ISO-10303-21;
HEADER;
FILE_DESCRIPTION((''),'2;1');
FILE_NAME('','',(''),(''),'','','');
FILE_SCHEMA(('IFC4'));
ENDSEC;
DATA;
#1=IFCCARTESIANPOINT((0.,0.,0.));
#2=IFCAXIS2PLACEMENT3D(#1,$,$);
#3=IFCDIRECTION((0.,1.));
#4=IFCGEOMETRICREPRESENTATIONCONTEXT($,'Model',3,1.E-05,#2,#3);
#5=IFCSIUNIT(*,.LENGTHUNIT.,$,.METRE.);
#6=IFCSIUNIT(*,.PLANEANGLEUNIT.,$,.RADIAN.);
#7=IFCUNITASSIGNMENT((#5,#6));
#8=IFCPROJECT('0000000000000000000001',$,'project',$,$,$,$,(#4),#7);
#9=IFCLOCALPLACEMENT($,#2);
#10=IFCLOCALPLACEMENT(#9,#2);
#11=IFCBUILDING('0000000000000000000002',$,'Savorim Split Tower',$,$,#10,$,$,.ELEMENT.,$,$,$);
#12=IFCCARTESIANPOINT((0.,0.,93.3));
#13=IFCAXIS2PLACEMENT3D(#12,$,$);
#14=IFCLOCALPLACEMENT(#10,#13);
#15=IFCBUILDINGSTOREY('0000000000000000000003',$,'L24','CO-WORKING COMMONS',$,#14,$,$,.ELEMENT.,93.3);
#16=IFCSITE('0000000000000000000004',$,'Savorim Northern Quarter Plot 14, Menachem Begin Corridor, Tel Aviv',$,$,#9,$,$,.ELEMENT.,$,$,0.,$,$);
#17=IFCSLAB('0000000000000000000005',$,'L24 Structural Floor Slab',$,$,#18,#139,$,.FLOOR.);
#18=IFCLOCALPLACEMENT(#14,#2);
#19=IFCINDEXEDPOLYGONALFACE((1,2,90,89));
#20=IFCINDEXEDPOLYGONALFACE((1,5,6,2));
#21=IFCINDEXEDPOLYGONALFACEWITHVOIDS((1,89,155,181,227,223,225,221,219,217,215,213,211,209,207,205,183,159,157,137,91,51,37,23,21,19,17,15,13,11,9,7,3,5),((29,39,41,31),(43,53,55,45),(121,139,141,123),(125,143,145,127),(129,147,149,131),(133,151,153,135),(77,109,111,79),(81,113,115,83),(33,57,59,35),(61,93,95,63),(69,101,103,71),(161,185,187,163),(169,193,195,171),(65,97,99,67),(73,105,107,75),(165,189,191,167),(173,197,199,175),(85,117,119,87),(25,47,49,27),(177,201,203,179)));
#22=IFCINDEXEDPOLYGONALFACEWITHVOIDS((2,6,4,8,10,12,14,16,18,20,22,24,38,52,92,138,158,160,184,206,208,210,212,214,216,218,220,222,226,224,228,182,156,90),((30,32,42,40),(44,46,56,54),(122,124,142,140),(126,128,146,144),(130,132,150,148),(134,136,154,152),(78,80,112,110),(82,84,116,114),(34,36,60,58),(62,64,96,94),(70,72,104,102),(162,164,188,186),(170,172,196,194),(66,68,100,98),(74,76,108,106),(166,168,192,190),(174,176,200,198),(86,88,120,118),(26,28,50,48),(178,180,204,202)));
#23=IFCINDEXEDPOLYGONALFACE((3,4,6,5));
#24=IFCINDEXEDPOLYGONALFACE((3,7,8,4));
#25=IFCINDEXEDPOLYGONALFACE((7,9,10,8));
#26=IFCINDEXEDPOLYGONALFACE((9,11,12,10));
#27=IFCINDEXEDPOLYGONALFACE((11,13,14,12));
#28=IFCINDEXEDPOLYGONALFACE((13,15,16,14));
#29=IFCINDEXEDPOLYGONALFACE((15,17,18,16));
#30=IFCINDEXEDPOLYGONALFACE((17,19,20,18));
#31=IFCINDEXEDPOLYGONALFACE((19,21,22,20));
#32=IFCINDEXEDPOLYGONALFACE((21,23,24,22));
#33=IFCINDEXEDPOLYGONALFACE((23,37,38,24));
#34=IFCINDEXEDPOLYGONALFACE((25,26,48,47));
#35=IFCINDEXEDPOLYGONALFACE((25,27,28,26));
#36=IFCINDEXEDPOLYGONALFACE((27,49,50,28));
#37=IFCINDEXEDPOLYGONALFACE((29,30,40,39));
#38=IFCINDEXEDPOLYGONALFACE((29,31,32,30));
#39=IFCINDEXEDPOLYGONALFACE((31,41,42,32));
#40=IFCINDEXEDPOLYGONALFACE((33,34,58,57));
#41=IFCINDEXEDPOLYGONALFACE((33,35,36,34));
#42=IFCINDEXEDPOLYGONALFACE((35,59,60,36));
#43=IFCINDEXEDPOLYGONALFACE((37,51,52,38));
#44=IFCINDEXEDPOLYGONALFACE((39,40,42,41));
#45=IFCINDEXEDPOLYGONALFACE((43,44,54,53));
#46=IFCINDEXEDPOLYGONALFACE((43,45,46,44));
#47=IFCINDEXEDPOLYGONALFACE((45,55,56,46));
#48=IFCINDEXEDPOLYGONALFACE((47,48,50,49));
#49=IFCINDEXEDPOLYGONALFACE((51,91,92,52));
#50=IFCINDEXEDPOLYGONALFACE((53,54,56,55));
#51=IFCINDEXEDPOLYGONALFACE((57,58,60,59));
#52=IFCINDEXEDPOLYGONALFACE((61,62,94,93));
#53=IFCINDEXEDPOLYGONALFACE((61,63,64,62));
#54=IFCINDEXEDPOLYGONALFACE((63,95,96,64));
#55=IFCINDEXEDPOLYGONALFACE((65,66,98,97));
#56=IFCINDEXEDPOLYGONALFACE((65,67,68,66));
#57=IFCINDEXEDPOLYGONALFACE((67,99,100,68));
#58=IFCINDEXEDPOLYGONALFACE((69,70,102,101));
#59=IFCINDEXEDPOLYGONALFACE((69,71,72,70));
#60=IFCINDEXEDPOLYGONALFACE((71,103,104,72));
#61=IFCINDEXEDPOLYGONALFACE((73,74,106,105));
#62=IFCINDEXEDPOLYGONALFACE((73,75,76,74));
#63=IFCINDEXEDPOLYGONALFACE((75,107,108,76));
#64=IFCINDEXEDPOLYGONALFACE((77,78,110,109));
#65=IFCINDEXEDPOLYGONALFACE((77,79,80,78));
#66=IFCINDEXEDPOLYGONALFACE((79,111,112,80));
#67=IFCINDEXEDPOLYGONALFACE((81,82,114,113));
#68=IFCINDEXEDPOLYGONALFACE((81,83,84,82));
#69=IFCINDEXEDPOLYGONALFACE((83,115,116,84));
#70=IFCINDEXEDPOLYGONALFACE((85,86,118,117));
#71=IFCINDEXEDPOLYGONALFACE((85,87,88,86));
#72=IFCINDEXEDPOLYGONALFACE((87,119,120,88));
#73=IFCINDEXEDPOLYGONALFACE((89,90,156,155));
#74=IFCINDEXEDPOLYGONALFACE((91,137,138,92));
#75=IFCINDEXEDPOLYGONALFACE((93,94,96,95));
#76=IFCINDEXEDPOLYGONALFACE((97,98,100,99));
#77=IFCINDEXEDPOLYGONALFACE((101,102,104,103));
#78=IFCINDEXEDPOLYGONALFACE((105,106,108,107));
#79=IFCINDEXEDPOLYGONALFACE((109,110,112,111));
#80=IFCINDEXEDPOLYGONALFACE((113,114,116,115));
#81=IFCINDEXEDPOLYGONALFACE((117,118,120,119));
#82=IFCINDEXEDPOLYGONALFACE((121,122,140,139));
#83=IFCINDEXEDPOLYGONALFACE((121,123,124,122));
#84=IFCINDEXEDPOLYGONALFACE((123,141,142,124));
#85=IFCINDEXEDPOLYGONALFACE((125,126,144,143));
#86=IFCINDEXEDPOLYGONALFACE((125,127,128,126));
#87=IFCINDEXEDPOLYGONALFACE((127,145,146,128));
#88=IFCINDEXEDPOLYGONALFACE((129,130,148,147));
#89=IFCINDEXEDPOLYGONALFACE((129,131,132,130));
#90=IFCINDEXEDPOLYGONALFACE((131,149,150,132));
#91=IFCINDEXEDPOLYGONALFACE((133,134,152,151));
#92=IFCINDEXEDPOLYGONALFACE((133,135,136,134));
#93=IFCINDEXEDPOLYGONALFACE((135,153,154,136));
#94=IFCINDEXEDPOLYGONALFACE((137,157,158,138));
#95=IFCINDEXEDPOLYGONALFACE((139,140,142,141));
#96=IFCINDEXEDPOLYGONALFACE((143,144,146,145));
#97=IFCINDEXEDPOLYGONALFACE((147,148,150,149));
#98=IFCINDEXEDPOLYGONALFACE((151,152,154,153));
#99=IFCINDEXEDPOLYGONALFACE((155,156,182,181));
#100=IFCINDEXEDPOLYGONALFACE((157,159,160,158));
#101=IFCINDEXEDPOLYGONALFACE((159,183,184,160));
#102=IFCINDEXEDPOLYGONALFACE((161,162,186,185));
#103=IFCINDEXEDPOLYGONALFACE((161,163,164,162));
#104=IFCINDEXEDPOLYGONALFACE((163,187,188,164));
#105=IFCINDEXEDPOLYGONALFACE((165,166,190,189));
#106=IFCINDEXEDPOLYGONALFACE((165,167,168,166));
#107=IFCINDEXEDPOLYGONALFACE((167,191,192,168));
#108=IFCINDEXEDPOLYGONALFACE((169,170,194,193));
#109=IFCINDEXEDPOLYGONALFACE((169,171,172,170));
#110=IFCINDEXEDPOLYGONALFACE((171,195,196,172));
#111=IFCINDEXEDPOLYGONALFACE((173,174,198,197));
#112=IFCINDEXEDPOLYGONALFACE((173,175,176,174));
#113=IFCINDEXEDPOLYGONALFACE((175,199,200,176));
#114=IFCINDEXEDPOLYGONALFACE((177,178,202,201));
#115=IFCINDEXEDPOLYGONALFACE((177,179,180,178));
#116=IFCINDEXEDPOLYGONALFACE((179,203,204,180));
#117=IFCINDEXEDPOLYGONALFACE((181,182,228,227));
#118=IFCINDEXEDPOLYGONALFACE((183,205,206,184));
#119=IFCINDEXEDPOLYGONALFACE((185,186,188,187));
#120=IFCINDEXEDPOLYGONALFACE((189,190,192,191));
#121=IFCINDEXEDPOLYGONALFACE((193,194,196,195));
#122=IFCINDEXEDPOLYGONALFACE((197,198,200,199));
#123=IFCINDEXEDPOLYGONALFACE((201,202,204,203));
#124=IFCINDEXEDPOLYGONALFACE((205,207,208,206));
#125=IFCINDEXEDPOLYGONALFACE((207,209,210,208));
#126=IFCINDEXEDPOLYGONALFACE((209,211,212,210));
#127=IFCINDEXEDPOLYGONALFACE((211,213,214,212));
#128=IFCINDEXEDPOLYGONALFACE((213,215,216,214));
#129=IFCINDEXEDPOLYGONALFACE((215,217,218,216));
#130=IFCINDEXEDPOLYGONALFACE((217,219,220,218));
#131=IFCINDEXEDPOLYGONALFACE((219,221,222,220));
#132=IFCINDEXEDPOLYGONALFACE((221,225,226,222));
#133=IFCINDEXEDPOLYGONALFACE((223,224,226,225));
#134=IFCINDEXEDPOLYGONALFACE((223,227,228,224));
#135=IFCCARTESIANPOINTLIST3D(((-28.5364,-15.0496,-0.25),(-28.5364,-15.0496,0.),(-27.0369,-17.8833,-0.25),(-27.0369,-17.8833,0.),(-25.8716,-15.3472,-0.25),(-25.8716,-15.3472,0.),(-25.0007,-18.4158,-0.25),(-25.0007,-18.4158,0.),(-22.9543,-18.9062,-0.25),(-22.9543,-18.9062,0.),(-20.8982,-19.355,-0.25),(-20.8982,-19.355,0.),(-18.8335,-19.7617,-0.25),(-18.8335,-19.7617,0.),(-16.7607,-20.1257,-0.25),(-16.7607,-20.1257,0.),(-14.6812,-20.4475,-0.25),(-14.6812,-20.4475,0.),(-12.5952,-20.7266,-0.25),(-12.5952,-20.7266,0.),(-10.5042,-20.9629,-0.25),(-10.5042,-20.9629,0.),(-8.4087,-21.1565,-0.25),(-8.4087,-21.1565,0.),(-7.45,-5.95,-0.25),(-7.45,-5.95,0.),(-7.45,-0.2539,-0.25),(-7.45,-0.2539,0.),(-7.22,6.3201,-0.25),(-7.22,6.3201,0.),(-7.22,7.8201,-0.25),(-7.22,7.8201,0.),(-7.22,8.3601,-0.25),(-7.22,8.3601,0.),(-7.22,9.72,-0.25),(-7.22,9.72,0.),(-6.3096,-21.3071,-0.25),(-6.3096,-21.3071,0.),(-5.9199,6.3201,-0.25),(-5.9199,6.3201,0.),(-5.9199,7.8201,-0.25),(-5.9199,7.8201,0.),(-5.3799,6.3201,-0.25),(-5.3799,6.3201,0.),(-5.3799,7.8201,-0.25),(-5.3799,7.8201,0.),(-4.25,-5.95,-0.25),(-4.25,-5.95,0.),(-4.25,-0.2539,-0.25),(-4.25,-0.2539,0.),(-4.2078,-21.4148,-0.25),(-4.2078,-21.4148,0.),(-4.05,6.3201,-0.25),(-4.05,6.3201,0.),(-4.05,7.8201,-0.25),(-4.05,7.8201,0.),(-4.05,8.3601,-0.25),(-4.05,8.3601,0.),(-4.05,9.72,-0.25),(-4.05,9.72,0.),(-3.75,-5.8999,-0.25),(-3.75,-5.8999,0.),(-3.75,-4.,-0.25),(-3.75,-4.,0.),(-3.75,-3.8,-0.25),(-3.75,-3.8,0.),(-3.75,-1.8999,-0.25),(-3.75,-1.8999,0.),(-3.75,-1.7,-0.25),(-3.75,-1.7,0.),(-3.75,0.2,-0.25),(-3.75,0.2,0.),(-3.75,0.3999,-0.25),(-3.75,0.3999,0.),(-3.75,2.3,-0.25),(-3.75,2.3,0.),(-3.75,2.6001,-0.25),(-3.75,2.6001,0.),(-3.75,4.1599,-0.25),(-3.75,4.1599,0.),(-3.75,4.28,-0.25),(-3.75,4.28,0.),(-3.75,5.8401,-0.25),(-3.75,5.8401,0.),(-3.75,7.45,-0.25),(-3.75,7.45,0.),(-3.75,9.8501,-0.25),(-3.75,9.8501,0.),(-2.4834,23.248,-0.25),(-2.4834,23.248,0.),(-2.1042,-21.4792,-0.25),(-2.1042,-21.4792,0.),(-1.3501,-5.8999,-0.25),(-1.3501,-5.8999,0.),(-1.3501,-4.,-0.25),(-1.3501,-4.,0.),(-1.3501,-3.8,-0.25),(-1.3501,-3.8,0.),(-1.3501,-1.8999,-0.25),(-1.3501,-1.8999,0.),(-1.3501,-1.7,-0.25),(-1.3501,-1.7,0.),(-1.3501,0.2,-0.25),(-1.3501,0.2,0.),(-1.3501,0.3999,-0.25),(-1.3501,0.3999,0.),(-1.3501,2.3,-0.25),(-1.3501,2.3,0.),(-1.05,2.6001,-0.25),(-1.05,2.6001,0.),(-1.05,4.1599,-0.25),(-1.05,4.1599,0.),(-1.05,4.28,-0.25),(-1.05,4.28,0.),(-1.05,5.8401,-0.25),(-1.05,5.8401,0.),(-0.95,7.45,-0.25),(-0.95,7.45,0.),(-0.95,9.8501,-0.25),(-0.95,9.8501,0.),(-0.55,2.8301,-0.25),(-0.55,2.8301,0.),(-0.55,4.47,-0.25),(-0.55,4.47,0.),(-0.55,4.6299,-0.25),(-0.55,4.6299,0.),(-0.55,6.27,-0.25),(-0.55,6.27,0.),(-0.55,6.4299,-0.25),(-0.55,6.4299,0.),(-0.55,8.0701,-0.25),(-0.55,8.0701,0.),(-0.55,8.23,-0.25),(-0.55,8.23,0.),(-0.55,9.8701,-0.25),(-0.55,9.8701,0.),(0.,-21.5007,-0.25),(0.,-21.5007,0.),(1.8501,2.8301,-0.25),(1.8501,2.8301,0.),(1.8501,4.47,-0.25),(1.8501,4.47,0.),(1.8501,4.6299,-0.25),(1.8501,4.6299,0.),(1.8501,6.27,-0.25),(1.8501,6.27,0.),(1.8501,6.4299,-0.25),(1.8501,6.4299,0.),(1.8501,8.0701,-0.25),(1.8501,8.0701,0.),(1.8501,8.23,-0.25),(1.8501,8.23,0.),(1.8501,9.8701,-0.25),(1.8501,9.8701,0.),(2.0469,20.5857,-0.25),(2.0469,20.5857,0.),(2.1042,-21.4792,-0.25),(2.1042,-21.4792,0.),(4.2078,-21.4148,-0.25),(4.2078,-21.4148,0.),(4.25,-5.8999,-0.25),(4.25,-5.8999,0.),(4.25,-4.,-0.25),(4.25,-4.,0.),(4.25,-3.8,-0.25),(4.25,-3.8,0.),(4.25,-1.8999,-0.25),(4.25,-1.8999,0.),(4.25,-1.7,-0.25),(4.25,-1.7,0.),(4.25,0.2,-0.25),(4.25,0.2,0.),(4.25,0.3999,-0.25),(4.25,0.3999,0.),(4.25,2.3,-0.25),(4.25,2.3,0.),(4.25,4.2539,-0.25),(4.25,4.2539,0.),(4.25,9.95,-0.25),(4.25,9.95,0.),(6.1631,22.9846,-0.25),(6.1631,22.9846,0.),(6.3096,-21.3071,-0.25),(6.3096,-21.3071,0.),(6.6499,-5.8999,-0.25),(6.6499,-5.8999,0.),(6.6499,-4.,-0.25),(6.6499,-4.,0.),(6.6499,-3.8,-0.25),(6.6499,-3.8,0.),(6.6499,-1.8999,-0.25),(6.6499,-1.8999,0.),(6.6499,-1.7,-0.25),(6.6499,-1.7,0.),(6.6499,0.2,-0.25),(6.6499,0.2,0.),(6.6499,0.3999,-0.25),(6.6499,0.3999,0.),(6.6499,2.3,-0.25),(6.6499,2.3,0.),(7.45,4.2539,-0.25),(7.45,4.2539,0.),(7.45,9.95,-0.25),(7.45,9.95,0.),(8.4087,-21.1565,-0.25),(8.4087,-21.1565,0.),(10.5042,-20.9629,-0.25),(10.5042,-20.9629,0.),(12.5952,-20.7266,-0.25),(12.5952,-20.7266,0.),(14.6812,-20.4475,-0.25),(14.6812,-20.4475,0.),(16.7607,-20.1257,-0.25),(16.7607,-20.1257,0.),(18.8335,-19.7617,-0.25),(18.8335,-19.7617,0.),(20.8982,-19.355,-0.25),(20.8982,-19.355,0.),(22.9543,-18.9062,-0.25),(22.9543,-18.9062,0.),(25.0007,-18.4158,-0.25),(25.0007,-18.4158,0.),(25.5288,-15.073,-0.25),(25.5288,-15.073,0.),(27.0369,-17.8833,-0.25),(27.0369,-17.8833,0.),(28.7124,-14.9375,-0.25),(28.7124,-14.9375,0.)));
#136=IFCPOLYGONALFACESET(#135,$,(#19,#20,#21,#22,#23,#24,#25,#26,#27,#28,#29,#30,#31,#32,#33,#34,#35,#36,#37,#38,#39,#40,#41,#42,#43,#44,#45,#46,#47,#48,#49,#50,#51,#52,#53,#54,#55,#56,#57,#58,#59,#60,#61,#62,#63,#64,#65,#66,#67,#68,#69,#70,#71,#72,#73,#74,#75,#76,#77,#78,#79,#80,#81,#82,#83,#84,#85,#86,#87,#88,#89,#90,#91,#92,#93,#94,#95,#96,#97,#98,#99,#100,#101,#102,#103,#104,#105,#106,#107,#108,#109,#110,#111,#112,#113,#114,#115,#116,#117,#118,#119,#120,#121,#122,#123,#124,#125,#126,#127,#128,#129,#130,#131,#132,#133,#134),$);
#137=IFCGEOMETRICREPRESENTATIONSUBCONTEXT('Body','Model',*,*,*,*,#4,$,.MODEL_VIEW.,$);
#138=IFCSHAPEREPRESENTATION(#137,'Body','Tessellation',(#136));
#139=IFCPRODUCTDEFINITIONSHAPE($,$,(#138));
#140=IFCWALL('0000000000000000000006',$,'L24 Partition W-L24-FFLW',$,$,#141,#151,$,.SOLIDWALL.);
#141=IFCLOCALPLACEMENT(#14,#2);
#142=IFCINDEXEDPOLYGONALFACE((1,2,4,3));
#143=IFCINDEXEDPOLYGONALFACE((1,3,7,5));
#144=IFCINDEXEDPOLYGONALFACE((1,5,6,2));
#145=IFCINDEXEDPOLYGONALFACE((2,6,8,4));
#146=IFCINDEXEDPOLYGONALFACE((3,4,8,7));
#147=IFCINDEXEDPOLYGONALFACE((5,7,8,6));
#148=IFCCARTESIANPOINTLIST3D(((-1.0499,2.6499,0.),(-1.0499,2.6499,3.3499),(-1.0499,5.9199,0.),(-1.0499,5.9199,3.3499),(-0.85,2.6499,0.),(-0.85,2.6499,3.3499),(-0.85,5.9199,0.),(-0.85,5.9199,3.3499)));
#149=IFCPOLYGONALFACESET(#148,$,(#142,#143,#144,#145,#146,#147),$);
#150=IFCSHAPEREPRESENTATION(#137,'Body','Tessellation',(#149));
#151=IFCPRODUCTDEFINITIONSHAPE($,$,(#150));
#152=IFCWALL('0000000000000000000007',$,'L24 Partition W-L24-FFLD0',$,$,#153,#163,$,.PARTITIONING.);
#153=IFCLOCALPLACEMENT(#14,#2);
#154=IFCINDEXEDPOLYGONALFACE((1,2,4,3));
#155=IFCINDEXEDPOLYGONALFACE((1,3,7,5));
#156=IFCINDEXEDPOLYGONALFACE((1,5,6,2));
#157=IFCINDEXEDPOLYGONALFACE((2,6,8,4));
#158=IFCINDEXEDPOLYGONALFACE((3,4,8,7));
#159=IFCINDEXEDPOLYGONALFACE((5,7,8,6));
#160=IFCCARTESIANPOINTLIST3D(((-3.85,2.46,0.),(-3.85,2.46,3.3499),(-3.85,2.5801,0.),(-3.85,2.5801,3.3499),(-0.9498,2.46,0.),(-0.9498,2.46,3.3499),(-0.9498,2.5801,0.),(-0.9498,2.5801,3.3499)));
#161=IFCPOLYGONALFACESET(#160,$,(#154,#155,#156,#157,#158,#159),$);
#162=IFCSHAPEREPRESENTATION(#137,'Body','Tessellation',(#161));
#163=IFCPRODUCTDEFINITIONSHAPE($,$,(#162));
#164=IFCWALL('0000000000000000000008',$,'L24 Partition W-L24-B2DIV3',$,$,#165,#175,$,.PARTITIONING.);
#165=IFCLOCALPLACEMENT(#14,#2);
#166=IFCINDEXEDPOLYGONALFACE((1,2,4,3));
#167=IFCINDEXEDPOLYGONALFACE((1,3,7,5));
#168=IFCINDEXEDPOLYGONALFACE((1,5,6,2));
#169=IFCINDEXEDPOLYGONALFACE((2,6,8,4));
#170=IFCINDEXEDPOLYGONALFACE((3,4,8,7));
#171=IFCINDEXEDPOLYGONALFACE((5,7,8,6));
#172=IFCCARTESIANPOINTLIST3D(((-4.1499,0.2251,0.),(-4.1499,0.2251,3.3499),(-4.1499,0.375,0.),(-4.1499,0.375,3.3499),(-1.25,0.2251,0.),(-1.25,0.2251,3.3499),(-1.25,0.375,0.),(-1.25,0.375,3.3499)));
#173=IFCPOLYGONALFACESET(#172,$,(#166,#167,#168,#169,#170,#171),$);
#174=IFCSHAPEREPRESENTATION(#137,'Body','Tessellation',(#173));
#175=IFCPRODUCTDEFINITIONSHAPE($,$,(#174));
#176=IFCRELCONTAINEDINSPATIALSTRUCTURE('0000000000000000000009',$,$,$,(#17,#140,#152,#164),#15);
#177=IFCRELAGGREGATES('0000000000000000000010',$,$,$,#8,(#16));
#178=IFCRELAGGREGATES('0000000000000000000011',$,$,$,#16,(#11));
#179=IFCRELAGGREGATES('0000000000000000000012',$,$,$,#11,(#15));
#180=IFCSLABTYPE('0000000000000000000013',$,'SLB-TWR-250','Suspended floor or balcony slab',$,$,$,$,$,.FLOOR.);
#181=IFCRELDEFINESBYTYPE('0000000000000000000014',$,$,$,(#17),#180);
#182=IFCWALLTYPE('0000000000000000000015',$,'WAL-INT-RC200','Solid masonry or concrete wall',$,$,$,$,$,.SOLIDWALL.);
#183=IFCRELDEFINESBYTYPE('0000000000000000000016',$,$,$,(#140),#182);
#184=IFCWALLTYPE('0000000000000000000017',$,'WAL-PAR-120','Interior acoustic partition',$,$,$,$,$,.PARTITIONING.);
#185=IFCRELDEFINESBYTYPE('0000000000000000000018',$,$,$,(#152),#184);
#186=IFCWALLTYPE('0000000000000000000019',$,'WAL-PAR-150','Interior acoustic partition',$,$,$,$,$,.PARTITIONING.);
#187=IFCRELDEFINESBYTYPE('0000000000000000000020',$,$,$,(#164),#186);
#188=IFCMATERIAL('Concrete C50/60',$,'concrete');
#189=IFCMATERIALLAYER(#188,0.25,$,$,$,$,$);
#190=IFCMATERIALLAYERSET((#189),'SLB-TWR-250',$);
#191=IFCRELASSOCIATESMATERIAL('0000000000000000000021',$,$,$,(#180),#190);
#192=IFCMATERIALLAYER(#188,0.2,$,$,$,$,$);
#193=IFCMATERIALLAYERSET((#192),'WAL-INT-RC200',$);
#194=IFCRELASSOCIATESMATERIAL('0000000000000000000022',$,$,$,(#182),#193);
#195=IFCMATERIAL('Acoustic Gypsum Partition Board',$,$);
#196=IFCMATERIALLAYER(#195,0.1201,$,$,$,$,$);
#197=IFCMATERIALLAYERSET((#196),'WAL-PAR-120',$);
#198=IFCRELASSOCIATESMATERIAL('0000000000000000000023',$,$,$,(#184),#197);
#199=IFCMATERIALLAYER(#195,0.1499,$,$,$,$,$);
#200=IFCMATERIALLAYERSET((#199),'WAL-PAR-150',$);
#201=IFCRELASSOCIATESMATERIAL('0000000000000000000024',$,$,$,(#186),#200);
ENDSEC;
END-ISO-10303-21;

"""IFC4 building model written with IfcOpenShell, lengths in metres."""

from ifc_helpers import new_model, si_unit, direction, frame, frame_2d, origin, place, context, subcontext, project, spatial, polyline, rectangle, outline, extrude, material, layer, layer_set, type_object, element, save


model = new_model("IFC4")

# Units and contexts
model_context = context("Model", 3, precision=1e-05, world=origin(), true_north=direction((0.0, 1.0)))
body_context = subcontext(model_context, "Body", "Model", "MODEL_VIEW")
ifc_project = project(units=[si_unit("LENGTHUNIT", "METRE"), si_unit("PLANEANGLEUNIT", "RADIAN")], contexts=[model_context])

# Site, building, storey
site_placement = place(None, origin())
site = spatial("IfcSite", under=ifc_project, at=site_placement, Name="Savorim Northern Quarter Plot 14, Menachem Begin Corridor, Tel Aviv", CompositionType="ELEMENT", RefElevation=0.0)
building_placement = place(site_placement, origin())
building = spatial("IfcBuilding", under=site, at=building_placement, Name="Savorim Split Tower", CompositionType="ELEMENT")
storey_placement = place(building_placement, frame((0.0, 0.0, 93.3)))
storey = spatial("IfcBuildingStorey", under=building, at=storey_placement, Name="L24", Description="CO-WORKING COMMONS", CompositionType="ELEMENT", Elevation=93.3)

# Slab
ifc_material_1 = material(Name="Concrete C50/60", Category="concrete")
ifc_layer_1 = layer(ifc_material_1, 0.25)
ifc_layer_set_1 = layer_set([ifc_layer_1], Name="SLB-TWR-250")
slab_type_1 = type_object("IfcSlabType", Name="SLB-TWR-250", Description="Suspended floor or balcony slab", PredefinedType="FLOOR", material=ifc_layer_set_1)
slab_1_placement = place(storey_placement, frame((0.0, 0.0, -0.25)))
element("IfcSlab", 1, at=slab_1_placement, inside=storey, type_object=slab_type_1, Name="L24 Structural Floor Slab", PredefinedType="FLOOR", context=body_context, shape_type="SweptSolid", body=[
    extrude(outline(polyline([(-27.0369, -17.8833), (-25.0007, -18.4158), (-22.9543, -18.9062), (-20.8982, -19.355), (-18.8335, -19.7617), (-16.7607, -20.1257), (-14.6812, -20.4475), (-12.5952, -20.7266), (-10.5042, -20.9629), (-8.4087, -21.1565), (-6.3096, -21.3071), (-4.2078, -21.4148), (-2.1042, -21.4792), (0.0, -21.5007), (2.1042, -21.4792), (4.2078, -21.4148), (6.3096, -21.3071), (8.4087, -21.1565), (10.5042, -20.9629), (12.5952, -20.7266), (14.6812, -20.4475), (16.7607, -20.1257), (18.8335, -19.7617), (20.8982, -19.355), (22.9543, -18.9062), (25.0007, -18.4158), (27.0369, -17.8833), (25.5288, -15.073), (28.7124, -14.9375), (6.1631, 22.9846), (2.0469, 20.5857), (-2.4834, 23.248), (-28.5364, -15.0496), (-25.8716, -15.3472), (-27.0369, -17.8833)]), holes=[polyline([(-7.45, -0.2539), (-7.45, -5.95), (-4.25, -5.95), (-4.25, -0.2539), (-7.45, -0.2539)]), polyline([(7.45, 4.2539), (7.45, 9.95), (4.25, 9.95), (4.25, 4.2539), (7.45, 4.2539)]), polyline([(4.25, -5.8999), (6.6499, -5.8999), (6.6499, -4.0), (4.25, -4.0), (4.25, -5.8999)]), polyline([(4.25, -3.8), (6.6499, -3.8), (6.6499, -1.8999), (4.25, -1.8999), (4.25, -3.8)]), polyline([(4.25, -1.7), (6.6499, -1.7), (6.6499, 0.2), (4.25, 0.2), (4.25, -1.7)]), polyline([(4.25, 0.3999), (6.6499, 0.3999), (6.6499, 2.3), (4.25, 2.3), (4.25, 0.3999)]), polyline([(-3.75, -5.8999), (-1.3501, -5.8999), (-1.3501, -4.0), (-3.75, -4.0), (-3.75, -5.8999)]), polyline([(-3.75, -3.8), (-1.3501, -3.8), (-1.3501, -1.8999), (-3.75, -1.8999), (-3.75, -3.8)]), polyline([(-3.75, -1.7), (-1.3501, -1.7), (-1.3501, 0.2), (-3.75, 0.2), (-3.75, -1.7)]), polyline([(-3.75, 0.3999), (-1.3501, 0.3999), (-1.3501, 2.3), (-3.75, 2.3), (-3.75, 0.3999)]), polyline([(-0.55, 2.8301), (1.8501, 2.8301), (1.8501, 4.47), (-0.55, 4.47), (-0.55, 2.8301)]), polyline([(-0.55, 4.6299), (1.8501, 4.6299), (1.8501, 6.27), (-0.55, 6.27), (-0.55, 4.6299)]), polyline([(-0.55, 6.4299), (1.8501, 6.4299), (1.8501, 8.0701), (-0.55, 8.0701), (-0.55, 6.4299)]), polyline([(-0.55, 8.23), (1.8501, 8.23), (1.8501, 9.8701), (-0.55, 9.8701), (-0.55, 8.23)]), polyline([(-3.75, 2.6001), (-1.05, 2.6001), (-1.05, 4.1599), (-3.75, 4.1599), (-3.75, 2.6001)]), polyline([(-3.75, 4.28), (-1.05, 4.28), (-1.05, 5.8401), (-3.75, 5.8401), (-3.75, 4.28)]), polyline([(-3.75, 7.45), (-0.95, 7.45), (-0.95, 9.8501), (-3.75, 9.8501), (-3.75, 7.45)]), polyline([(-7.22, 6.3201), (-5.9199, 6.3201), (-5.9199, 7.8201), (-7.22, 7.8201), (-7.22, 6.3201)]), polyline([(-5.3799, 6.3201), (-4.05, 6.3201), (-4.05, 7.8201), (-5.3799, 7.8201), (-5.3799, 6.3201)]), polyline([(-7.22, 8.3601), (-4.05, 8.3601), (-4.05, 9.72), (-7.22, 9.72), (-7.22, 8.3601)])]), origin(), (0.0, 0.0, 1.0), 0.25),
])

# Shared definitions
ifc_layer_2 = layer(ifc_material_1, 0.2)
ifc_layer_set_2 = layer_set([ifc_layer_2], Name="WAL-INT-RC200")
wall_type_1 = type_object("IfcWallType", Name="WAL-INT-RC200", Description="Solid masonry or concrete wall", PredefinedType="SOLIDWALL", material=ifc_layer_set_2)

# Walls
wall_1_placement = place(storey_placement, frame((-0.95, 2.6499, 0.0), z_axis=(0.0, 0.0, 1.0), x_axis=(0.0, 1.0, 0.0)))
element("IfcWall", 2, at=wall_1_placement, inside=storey, type_object=wall_type_1, Name="L24 Partition W-L24-FFLW", PredefinedType="SOLIDWALL", context=body_context, shape_type="SweptSolid", body=[
    extrude(rectangle(XDim=3.27, YDim=0.2, at=frame_2d((1.635, 0.0))), origin(), (0.0, 0.0, 1.0), 3.3499),
])
ifc_material_2 = material(Name="Acoustic Gypsum Partition Board")
ifc_layer_3 = layer(ifc_material_2, 0.1201)
ifc_layer_set_3 = layer_set([ifc_layer_3], Name="WAL-PAR-120")
wall_type_2 = type_object("IfcWallType", Name="WAL-PAR-120", Description="Interior acoustic partition", PredefinedType="PARTITIONING", material=ifc_layer_set_3)
wall_2_placement = place(storey_placement, frame((-3.8501, 2.52, 0.0), z_axis=(0.0, 0.0, 1.0), x_axis=(1.0, 0.0, 0.0)))
element("IfcWall", 3, at=wall_2_placement, inside=storey, type_object=wall_type_2, Name="L24 Partition W-L24-FFLD0", PredefinedType="PARTITIONING", context=body_context, shape_type="SweptSolid", body=[
    extrude(rectangle(XDim=2.9001, YDim=0.1201, at=frame_2d((1.4502, 0.0))), origin(), (0.0, 0.0, 1.0), 3.3499),
])
ifc_layer_4 = layer(ifc_material_2, 0.1499)
ifc_layer_set_4 = layer_set([ifc_layer_4], Name="WAL-PAR-150")
wall_type_3 = type_object("IfcWallType", Name="WAL-PAR-150", Description="Interior acoustic partition", PredefinedType="PARTITIONING", material=ifc_layer_set_4)
wall_3_placement = place(storey_placement, frame((-4.1499, 0.3, 0.0), z_axis=(0.0, 0.0, 1.0), x_axis=(1.0, 0.0, 0.0)))
element("IfcWall", 4, at=wall_3_placement, inside=storey, type_object=wall_type_3, Name="L24 Partition W-L24-B2DIV3", PredefinedType="PARTITIONING", context=body_context, shape_type="SweptSolid", body=[
    extrude(rectangle(XDim=2.8999, YDim=0.1499, at=frame_2d((1.45, 0.0))), origin(), (0.0, 0.0, 1.0), 3.3499),
])

save(model, "model.ifc")
